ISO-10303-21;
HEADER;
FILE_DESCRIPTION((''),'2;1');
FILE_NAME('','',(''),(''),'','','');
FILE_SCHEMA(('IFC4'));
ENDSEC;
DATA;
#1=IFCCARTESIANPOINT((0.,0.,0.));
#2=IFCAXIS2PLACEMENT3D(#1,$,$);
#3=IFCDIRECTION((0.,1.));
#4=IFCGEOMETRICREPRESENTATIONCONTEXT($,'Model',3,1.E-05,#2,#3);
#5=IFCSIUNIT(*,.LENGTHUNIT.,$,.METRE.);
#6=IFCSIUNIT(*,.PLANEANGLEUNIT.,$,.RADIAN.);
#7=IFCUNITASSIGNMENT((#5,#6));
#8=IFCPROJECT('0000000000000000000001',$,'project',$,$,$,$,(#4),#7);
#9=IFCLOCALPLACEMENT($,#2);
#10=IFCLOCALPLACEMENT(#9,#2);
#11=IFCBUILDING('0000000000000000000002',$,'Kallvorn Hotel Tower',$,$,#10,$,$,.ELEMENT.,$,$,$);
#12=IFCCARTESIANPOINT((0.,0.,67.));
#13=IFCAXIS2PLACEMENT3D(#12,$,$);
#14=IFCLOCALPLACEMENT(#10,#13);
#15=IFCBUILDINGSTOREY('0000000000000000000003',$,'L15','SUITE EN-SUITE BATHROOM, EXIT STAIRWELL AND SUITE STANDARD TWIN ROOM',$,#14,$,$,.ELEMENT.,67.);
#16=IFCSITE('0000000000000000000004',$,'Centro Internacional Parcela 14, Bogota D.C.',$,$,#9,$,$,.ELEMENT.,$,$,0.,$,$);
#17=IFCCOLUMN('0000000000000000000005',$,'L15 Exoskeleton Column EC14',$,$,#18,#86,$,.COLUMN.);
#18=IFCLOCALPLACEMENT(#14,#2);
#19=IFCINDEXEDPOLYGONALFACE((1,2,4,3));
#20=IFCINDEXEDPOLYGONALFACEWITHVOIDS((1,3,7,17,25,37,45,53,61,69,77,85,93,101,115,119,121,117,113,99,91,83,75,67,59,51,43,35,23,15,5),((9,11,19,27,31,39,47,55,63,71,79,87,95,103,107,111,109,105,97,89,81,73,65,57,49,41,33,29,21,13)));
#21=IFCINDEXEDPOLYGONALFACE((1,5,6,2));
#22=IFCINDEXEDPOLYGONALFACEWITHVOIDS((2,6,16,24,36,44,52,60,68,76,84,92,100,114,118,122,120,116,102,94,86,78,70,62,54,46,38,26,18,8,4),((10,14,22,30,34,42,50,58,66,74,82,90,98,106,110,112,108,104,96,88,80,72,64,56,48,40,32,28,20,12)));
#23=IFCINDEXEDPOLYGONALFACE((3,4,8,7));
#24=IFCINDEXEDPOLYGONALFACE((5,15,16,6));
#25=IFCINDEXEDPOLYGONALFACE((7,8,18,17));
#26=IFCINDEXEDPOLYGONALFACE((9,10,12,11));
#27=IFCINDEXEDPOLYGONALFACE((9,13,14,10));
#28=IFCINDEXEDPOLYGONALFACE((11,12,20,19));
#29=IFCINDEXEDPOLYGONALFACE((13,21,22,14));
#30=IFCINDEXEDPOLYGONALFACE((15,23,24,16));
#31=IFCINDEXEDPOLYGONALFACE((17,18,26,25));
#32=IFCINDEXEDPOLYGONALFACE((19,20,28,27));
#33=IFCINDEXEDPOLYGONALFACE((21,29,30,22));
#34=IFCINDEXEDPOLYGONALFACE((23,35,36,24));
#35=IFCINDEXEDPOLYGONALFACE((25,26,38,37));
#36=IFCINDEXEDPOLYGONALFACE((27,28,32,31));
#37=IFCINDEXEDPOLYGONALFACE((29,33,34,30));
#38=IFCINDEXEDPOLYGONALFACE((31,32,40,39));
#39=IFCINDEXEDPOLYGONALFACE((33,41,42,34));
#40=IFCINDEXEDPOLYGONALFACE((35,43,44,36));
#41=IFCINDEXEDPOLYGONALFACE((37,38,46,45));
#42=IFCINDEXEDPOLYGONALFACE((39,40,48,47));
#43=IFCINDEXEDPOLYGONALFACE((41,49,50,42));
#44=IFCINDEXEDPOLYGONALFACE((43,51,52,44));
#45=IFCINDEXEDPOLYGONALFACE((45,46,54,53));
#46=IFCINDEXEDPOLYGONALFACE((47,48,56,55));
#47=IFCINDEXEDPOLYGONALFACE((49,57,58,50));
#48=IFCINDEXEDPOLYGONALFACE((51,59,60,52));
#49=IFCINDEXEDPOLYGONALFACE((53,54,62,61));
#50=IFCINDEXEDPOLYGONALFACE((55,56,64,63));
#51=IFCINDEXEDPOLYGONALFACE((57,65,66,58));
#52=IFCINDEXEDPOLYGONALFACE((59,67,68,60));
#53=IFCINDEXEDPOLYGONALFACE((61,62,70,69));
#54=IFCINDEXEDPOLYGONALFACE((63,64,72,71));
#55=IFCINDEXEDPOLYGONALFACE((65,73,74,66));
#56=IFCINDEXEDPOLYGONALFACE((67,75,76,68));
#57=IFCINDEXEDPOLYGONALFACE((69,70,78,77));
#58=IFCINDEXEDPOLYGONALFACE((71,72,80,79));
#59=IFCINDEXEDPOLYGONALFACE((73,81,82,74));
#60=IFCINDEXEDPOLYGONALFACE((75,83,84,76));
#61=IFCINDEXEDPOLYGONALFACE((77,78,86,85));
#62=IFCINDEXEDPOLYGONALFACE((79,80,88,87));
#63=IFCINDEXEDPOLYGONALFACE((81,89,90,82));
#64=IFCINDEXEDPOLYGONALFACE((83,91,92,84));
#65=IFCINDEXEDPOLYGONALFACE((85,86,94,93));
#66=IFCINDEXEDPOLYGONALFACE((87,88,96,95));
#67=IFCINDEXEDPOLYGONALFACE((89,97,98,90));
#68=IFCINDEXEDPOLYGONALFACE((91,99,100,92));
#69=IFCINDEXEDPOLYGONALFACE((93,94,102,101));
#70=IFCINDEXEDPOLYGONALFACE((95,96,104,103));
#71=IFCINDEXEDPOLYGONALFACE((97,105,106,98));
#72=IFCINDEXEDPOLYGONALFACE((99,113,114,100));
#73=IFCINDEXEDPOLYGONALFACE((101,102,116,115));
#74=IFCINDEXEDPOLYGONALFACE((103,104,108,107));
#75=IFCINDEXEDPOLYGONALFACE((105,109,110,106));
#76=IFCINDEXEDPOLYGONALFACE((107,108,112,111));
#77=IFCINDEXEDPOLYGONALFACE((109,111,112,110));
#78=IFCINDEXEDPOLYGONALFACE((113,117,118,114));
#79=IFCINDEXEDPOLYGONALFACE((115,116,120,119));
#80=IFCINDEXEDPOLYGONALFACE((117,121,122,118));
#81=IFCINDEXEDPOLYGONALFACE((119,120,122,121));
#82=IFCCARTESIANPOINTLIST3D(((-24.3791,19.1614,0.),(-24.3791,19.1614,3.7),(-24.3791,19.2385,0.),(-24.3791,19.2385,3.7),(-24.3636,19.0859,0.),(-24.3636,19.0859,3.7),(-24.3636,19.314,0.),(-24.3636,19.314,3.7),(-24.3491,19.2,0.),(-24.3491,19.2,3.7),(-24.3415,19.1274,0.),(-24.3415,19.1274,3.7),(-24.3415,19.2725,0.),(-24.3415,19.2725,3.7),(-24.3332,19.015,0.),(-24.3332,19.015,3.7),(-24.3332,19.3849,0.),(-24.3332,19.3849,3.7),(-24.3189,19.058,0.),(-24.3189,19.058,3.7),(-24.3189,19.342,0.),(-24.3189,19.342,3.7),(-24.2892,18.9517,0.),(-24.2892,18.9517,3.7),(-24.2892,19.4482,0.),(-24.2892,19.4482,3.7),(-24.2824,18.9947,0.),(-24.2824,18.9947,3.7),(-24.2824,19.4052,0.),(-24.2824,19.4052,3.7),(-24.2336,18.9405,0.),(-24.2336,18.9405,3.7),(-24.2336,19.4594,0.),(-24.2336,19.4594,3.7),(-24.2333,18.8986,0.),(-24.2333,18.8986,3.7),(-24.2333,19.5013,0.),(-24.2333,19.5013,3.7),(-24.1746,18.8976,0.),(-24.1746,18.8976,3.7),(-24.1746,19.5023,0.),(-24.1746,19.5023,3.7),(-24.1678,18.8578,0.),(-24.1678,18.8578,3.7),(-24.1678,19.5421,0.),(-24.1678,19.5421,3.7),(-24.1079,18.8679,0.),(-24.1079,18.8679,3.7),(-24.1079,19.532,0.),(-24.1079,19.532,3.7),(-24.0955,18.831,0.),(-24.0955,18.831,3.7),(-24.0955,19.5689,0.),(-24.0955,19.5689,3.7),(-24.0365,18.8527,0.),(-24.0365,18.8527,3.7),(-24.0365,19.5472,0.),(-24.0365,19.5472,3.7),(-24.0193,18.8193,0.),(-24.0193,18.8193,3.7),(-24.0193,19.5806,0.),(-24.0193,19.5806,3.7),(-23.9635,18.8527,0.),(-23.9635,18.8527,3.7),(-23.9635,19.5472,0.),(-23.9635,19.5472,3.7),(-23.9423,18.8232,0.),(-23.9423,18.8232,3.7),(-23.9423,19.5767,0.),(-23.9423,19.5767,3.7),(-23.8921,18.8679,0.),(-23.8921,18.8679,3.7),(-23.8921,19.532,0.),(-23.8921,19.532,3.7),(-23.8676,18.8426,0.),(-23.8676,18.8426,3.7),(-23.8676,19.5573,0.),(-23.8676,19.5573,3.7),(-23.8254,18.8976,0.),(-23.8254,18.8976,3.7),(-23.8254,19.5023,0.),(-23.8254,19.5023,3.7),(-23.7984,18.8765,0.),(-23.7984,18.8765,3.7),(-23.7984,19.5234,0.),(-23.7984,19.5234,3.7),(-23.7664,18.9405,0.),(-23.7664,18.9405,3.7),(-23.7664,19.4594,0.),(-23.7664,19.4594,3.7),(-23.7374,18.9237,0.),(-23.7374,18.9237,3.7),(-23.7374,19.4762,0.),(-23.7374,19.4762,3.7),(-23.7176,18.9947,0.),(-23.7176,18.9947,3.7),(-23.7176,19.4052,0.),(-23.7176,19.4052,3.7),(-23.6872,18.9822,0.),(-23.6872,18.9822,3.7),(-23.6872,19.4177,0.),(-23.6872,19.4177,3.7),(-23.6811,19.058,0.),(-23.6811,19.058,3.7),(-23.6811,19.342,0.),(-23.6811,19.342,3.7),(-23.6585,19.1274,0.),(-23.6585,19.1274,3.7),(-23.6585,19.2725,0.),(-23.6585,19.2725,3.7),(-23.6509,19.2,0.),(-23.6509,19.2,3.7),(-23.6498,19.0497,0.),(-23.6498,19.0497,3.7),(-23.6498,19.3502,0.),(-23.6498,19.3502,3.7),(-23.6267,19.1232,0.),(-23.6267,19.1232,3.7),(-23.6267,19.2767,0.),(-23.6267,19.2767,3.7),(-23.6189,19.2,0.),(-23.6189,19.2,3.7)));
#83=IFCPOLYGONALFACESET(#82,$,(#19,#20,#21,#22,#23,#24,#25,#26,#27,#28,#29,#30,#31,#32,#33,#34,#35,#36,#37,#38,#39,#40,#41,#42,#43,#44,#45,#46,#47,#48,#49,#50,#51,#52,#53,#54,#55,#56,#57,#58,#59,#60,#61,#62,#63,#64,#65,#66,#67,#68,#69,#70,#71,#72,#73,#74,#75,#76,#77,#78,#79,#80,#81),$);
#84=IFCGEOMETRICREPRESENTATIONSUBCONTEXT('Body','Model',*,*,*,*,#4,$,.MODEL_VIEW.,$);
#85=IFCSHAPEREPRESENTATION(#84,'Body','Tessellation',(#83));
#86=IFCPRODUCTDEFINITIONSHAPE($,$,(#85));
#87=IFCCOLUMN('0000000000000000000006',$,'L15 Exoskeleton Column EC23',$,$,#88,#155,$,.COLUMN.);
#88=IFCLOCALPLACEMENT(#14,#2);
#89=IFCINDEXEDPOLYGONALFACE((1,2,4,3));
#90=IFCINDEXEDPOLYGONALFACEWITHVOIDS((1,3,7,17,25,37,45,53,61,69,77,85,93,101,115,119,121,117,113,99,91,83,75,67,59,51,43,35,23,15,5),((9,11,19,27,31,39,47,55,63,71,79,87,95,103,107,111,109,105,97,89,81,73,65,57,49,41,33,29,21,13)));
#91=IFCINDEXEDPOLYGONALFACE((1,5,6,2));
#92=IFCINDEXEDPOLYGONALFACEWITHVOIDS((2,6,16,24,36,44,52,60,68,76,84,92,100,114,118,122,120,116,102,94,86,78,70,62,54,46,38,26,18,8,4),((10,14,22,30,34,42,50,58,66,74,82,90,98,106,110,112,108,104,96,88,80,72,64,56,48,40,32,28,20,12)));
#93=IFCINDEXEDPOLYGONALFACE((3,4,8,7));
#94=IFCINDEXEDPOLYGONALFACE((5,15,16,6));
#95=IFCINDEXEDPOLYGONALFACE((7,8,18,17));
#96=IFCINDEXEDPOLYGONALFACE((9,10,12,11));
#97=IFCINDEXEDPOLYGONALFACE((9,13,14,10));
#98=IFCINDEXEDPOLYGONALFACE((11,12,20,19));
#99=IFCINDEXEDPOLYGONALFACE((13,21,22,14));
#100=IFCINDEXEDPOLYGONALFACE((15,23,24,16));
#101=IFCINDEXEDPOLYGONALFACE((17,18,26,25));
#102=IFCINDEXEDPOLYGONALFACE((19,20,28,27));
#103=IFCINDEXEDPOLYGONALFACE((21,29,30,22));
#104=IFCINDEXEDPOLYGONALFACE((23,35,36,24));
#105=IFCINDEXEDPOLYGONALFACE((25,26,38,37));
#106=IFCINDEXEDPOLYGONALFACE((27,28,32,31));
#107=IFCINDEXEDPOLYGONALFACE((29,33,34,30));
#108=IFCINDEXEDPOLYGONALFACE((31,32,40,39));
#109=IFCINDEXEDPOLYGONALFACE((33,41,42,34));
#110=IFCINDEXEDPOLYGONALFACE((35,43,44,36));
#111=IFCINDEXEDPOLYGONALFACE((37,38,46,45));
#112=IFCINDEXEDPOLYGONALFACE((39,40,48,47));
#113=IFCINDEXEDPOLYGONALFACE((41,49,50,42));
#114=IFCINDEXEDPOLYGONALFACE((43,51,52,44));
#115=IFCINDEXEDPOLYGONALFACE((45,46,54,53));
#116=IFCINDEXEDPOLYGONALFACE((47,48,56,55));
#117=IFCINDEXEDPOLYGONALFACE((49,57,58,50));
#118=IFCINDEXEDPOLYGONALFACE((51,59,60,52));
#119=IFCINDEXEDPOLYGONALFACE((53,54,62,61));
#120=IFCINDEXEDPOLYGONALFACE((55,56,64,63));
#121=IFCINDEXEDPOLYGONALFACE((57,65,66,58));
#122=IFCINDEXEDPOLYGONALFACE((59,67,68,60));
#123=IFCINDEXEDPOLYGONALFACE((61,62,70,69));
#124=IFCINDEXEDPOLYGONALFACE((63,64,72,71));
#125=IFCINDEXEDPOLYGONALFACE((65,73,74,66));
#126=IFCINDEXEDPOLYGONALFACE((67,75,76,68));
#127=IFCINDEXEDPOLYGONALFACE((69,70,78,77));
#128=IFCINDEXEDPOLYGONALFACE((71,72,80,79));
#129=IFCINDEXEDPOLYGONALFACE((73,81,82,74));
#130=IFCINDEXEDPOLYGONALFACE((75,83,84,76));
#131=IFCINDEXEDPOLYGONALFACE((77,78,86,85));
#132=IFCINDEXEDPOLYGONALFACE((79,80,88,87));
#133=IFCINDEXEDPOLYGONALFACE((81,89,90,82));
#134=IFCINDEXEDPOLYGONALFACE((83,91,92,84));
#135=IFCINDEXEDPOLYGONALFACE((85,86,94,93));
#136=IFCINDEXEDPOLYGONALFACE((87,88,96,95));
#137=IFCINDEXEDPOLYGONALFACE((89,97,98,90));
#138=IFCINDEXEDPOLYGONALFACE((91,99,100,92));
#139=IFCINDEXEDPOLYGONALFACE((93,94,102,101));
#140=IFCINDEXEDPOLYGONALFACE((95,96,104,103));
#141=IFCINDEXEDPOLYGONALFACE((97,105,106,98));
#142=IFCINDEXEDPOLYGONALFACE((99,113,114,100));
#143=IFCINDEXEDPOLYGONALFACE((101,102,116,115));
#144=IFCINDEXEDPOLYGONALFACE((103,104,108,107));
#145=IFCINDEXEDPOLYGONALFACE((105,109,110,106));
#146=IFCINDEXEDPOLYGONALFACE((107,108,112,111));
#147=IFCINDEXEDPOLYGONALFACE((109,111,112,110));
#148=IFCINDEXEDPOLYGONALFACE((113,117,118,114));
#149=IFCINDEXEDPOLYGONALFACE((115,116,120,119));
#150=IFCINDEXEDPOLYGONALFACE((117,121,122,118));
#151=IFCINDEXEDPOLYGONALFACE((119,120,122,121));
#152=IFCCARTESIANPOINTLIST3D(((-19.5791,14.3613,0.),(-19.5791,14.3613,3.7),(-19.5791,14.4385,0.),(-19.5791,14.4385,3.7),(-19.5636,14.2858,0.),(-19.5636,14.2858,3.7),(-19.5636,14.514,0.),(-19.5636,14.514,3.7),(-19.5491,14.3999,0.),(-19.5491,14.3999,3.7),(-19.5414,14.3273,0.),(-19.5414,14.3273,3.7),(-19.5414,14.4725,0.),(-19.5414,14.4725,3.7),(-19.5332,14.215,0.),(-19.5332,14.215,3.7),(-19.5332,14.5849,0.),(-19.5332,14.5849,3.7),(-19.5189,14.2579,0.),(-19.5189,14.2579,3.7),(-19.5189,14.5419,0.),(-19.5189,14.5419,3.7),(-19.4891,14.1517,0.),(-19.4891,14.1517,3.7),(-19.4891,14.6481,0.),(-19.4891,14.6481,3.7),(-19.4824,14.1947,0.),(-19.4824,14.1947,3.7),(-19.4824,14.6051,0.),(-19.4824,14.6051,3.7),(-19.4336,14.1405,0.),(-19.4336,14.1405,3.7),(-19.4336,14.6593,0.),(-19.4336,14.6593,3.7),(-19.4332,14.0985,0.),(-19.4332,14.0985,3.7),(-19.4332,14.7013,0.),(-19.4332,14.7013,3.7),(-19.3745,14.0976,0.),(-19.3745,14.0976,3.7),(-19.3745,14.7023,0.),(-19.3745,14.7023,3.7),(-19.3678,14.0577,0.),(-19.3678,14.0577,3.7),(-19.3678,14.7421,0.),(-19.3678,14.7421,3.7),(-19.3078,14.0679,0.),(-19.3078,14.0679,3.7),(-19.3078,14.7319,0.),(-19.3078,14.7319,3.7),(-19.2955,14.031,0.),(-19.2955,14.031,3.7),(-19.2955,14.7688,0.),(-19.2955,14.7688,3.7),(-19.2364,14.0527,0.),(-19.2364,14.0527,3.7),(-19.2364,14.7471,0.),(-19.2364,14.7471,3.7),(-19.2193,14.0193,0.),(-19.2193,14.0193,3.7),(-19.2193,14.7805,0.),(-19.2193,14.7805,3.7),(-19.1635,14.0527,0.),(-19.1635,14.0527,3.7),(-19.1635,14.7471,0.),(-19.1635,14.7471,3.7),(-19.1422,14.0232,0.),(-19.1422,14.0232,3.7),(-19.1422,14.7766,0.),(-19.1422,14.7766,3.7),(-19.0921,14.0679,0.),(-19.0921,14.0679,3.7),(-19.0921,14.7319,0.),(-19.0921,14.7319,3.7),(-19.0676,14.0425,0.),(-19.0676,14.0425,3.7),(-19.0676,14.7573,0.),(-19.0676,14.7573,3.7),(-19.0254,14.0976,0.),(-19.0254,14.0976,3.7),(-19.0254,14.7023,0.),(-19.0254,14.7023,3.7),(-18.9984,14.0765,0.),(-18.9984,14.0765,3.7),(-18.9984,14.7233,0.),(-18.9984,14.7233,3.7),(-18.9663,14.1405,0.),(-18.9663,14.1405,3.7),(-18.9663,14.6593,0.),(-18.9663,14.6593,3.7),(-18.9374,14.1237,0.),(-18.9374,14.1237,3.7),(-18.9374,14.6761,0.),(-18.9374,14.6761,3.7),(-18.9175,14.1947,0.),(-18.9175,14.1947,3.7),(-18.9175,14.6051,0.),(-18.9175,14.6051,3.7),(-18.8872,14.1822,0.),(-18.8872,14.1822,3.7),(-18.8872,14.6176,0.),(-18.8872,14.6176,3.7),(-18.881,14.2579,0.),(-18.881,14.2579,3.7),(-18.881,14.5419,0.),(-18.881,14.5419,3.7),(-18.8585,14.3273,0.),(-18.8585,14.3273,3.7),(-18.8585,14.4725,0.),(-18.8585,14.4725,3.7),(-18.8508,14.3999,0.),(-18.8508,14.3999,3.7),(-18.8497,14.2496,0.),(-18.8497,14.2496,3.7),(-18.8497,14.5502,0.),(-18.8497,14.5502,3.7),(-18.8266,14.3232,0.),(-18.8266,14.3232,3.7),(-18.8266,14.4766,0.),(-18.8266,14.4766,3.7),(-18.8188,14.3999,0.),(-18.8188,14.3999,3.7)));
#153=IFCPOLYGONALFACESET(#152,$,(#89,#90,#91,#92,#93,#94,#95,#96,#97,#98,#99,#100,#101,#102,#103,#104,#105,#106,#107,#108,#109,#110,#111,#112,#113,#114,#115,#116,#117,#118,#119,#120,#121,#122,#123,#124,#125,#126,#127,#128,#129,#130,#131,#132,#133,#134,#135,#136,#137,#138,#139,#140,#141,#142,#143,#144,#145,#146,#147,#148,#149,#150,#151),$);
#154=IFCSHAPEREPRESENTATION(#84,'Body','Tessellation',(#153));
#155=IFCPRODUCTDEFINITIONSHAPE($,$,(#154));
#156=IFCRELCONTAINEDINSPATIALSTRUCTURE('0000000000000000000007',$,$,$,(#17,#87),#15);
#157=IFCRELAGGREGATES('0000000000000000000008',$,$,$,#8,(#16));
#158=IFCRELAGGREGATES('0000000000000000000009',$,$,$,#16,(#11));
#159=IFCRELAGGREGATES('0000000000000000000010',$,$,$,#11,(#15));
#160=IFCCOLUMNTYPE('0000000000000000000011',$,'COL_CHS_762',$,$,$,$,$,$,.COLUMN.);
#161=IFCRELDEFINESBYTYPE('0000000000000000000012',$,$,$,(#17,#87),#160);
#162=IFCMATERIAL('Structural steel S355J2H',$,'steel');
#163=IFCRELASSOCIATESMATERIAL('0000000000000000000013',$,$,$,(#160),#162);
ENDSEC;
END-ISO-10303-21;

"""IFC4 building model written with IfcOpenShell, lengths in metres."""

from ifc_helpers import new_model, si_unit, direction, frame, origin, origin_2d, place, context, subcontext, project, spatial, hollow_circle, extrude, material, material_profile, profile_set, type_object, element, save


model = new_model("IFC4")

# Units and contexts
model_context = context("Model", 3, precision=1e-05, world=origin(), true_north=direction((0.0, 1.0)))
body_context = subcontext(model_context, "Body", "Model", "MODEL_VIEW")
ifc_project = project(units=[si_unit("LENGTHUNIT", "METRE"), si_unit("PLANEANGLEUNIT", "RADIAN")], contexts=[model_context])

# Site, building, storey
site_placement = place(None, origin())
site = spatial("IfcSite", under=ifc_project, at=site_placement, Name="Centro Internacional Parcela 14, Bogota D.C.", CompositionType="ELEMENT", RefElevation=0.0)
building_placement = place(site_placement, origin())
building = spatial("IfcBuilding", under=site, at=building_placement, Name="Kallvorn Hotel Tower", CompositionType="ELEMENT")
storey_placement = place(building_placement, frame((0.0, 0.0, 67.0)))
storey = spatial("IfcBuildingStorey", under=building, at=storey_placement, Name="L15", Description="SUITE EN-SUITE BATHROOM, EXIT STAIRWELL AND SUITE STANDARD TWIN ROOM", CompositionType="ELEMENT", Elevation=67.0)

# Columns
ifc_material_1 = material(Name="Structural steel S355J2H", Category="steel")
ifc_material_profile_1 = material_profile(ifc_material_1, hollow_circle(Radius=0.3811, WallThickness=0.032, at=origin_2d()), Name="CHS 762x32")
ifc_profile_set_1 = profile_set([ifc_material_profile_1], Name="Structural steel S355J2H")
column_type_1 = type_object("IfcColumnType", Name="COL_CHS_762", PredefinedType="COLUMN", material=ifc_profile_set_1)
for number, where, z_axis, x_axis, name in (
    (1, (-24.0, 19.2, 0.0), (0.0, 0.0, 1.0), (1.0, 0.0, 0.0), "L15 Exoskeleton Column EC14"),
    (2, (-19.2, 14.3999, 0.0), (0.0, 0.0, 1.0), (1.0, 0.0, 0.0), "L15 Exoskeleton Column EC23"),
):
    element("IfcColumn", number, at=place(storey_placement, frame(where, z_axis=z_axis, x_axis=x_axis)), inside=storey, type_object=column_type_1, Name=name, PredefinedType="COLUMN", context=body_context, shape_type="SweptSolid", body=[
        extrude(hollow_circle(Radius=0.3811, WallThickness=0.032, at=origin_2d()), origin(), (0.0, 0.0, 1.0), 3.7),
    ])

save(model, "model.ifc")
